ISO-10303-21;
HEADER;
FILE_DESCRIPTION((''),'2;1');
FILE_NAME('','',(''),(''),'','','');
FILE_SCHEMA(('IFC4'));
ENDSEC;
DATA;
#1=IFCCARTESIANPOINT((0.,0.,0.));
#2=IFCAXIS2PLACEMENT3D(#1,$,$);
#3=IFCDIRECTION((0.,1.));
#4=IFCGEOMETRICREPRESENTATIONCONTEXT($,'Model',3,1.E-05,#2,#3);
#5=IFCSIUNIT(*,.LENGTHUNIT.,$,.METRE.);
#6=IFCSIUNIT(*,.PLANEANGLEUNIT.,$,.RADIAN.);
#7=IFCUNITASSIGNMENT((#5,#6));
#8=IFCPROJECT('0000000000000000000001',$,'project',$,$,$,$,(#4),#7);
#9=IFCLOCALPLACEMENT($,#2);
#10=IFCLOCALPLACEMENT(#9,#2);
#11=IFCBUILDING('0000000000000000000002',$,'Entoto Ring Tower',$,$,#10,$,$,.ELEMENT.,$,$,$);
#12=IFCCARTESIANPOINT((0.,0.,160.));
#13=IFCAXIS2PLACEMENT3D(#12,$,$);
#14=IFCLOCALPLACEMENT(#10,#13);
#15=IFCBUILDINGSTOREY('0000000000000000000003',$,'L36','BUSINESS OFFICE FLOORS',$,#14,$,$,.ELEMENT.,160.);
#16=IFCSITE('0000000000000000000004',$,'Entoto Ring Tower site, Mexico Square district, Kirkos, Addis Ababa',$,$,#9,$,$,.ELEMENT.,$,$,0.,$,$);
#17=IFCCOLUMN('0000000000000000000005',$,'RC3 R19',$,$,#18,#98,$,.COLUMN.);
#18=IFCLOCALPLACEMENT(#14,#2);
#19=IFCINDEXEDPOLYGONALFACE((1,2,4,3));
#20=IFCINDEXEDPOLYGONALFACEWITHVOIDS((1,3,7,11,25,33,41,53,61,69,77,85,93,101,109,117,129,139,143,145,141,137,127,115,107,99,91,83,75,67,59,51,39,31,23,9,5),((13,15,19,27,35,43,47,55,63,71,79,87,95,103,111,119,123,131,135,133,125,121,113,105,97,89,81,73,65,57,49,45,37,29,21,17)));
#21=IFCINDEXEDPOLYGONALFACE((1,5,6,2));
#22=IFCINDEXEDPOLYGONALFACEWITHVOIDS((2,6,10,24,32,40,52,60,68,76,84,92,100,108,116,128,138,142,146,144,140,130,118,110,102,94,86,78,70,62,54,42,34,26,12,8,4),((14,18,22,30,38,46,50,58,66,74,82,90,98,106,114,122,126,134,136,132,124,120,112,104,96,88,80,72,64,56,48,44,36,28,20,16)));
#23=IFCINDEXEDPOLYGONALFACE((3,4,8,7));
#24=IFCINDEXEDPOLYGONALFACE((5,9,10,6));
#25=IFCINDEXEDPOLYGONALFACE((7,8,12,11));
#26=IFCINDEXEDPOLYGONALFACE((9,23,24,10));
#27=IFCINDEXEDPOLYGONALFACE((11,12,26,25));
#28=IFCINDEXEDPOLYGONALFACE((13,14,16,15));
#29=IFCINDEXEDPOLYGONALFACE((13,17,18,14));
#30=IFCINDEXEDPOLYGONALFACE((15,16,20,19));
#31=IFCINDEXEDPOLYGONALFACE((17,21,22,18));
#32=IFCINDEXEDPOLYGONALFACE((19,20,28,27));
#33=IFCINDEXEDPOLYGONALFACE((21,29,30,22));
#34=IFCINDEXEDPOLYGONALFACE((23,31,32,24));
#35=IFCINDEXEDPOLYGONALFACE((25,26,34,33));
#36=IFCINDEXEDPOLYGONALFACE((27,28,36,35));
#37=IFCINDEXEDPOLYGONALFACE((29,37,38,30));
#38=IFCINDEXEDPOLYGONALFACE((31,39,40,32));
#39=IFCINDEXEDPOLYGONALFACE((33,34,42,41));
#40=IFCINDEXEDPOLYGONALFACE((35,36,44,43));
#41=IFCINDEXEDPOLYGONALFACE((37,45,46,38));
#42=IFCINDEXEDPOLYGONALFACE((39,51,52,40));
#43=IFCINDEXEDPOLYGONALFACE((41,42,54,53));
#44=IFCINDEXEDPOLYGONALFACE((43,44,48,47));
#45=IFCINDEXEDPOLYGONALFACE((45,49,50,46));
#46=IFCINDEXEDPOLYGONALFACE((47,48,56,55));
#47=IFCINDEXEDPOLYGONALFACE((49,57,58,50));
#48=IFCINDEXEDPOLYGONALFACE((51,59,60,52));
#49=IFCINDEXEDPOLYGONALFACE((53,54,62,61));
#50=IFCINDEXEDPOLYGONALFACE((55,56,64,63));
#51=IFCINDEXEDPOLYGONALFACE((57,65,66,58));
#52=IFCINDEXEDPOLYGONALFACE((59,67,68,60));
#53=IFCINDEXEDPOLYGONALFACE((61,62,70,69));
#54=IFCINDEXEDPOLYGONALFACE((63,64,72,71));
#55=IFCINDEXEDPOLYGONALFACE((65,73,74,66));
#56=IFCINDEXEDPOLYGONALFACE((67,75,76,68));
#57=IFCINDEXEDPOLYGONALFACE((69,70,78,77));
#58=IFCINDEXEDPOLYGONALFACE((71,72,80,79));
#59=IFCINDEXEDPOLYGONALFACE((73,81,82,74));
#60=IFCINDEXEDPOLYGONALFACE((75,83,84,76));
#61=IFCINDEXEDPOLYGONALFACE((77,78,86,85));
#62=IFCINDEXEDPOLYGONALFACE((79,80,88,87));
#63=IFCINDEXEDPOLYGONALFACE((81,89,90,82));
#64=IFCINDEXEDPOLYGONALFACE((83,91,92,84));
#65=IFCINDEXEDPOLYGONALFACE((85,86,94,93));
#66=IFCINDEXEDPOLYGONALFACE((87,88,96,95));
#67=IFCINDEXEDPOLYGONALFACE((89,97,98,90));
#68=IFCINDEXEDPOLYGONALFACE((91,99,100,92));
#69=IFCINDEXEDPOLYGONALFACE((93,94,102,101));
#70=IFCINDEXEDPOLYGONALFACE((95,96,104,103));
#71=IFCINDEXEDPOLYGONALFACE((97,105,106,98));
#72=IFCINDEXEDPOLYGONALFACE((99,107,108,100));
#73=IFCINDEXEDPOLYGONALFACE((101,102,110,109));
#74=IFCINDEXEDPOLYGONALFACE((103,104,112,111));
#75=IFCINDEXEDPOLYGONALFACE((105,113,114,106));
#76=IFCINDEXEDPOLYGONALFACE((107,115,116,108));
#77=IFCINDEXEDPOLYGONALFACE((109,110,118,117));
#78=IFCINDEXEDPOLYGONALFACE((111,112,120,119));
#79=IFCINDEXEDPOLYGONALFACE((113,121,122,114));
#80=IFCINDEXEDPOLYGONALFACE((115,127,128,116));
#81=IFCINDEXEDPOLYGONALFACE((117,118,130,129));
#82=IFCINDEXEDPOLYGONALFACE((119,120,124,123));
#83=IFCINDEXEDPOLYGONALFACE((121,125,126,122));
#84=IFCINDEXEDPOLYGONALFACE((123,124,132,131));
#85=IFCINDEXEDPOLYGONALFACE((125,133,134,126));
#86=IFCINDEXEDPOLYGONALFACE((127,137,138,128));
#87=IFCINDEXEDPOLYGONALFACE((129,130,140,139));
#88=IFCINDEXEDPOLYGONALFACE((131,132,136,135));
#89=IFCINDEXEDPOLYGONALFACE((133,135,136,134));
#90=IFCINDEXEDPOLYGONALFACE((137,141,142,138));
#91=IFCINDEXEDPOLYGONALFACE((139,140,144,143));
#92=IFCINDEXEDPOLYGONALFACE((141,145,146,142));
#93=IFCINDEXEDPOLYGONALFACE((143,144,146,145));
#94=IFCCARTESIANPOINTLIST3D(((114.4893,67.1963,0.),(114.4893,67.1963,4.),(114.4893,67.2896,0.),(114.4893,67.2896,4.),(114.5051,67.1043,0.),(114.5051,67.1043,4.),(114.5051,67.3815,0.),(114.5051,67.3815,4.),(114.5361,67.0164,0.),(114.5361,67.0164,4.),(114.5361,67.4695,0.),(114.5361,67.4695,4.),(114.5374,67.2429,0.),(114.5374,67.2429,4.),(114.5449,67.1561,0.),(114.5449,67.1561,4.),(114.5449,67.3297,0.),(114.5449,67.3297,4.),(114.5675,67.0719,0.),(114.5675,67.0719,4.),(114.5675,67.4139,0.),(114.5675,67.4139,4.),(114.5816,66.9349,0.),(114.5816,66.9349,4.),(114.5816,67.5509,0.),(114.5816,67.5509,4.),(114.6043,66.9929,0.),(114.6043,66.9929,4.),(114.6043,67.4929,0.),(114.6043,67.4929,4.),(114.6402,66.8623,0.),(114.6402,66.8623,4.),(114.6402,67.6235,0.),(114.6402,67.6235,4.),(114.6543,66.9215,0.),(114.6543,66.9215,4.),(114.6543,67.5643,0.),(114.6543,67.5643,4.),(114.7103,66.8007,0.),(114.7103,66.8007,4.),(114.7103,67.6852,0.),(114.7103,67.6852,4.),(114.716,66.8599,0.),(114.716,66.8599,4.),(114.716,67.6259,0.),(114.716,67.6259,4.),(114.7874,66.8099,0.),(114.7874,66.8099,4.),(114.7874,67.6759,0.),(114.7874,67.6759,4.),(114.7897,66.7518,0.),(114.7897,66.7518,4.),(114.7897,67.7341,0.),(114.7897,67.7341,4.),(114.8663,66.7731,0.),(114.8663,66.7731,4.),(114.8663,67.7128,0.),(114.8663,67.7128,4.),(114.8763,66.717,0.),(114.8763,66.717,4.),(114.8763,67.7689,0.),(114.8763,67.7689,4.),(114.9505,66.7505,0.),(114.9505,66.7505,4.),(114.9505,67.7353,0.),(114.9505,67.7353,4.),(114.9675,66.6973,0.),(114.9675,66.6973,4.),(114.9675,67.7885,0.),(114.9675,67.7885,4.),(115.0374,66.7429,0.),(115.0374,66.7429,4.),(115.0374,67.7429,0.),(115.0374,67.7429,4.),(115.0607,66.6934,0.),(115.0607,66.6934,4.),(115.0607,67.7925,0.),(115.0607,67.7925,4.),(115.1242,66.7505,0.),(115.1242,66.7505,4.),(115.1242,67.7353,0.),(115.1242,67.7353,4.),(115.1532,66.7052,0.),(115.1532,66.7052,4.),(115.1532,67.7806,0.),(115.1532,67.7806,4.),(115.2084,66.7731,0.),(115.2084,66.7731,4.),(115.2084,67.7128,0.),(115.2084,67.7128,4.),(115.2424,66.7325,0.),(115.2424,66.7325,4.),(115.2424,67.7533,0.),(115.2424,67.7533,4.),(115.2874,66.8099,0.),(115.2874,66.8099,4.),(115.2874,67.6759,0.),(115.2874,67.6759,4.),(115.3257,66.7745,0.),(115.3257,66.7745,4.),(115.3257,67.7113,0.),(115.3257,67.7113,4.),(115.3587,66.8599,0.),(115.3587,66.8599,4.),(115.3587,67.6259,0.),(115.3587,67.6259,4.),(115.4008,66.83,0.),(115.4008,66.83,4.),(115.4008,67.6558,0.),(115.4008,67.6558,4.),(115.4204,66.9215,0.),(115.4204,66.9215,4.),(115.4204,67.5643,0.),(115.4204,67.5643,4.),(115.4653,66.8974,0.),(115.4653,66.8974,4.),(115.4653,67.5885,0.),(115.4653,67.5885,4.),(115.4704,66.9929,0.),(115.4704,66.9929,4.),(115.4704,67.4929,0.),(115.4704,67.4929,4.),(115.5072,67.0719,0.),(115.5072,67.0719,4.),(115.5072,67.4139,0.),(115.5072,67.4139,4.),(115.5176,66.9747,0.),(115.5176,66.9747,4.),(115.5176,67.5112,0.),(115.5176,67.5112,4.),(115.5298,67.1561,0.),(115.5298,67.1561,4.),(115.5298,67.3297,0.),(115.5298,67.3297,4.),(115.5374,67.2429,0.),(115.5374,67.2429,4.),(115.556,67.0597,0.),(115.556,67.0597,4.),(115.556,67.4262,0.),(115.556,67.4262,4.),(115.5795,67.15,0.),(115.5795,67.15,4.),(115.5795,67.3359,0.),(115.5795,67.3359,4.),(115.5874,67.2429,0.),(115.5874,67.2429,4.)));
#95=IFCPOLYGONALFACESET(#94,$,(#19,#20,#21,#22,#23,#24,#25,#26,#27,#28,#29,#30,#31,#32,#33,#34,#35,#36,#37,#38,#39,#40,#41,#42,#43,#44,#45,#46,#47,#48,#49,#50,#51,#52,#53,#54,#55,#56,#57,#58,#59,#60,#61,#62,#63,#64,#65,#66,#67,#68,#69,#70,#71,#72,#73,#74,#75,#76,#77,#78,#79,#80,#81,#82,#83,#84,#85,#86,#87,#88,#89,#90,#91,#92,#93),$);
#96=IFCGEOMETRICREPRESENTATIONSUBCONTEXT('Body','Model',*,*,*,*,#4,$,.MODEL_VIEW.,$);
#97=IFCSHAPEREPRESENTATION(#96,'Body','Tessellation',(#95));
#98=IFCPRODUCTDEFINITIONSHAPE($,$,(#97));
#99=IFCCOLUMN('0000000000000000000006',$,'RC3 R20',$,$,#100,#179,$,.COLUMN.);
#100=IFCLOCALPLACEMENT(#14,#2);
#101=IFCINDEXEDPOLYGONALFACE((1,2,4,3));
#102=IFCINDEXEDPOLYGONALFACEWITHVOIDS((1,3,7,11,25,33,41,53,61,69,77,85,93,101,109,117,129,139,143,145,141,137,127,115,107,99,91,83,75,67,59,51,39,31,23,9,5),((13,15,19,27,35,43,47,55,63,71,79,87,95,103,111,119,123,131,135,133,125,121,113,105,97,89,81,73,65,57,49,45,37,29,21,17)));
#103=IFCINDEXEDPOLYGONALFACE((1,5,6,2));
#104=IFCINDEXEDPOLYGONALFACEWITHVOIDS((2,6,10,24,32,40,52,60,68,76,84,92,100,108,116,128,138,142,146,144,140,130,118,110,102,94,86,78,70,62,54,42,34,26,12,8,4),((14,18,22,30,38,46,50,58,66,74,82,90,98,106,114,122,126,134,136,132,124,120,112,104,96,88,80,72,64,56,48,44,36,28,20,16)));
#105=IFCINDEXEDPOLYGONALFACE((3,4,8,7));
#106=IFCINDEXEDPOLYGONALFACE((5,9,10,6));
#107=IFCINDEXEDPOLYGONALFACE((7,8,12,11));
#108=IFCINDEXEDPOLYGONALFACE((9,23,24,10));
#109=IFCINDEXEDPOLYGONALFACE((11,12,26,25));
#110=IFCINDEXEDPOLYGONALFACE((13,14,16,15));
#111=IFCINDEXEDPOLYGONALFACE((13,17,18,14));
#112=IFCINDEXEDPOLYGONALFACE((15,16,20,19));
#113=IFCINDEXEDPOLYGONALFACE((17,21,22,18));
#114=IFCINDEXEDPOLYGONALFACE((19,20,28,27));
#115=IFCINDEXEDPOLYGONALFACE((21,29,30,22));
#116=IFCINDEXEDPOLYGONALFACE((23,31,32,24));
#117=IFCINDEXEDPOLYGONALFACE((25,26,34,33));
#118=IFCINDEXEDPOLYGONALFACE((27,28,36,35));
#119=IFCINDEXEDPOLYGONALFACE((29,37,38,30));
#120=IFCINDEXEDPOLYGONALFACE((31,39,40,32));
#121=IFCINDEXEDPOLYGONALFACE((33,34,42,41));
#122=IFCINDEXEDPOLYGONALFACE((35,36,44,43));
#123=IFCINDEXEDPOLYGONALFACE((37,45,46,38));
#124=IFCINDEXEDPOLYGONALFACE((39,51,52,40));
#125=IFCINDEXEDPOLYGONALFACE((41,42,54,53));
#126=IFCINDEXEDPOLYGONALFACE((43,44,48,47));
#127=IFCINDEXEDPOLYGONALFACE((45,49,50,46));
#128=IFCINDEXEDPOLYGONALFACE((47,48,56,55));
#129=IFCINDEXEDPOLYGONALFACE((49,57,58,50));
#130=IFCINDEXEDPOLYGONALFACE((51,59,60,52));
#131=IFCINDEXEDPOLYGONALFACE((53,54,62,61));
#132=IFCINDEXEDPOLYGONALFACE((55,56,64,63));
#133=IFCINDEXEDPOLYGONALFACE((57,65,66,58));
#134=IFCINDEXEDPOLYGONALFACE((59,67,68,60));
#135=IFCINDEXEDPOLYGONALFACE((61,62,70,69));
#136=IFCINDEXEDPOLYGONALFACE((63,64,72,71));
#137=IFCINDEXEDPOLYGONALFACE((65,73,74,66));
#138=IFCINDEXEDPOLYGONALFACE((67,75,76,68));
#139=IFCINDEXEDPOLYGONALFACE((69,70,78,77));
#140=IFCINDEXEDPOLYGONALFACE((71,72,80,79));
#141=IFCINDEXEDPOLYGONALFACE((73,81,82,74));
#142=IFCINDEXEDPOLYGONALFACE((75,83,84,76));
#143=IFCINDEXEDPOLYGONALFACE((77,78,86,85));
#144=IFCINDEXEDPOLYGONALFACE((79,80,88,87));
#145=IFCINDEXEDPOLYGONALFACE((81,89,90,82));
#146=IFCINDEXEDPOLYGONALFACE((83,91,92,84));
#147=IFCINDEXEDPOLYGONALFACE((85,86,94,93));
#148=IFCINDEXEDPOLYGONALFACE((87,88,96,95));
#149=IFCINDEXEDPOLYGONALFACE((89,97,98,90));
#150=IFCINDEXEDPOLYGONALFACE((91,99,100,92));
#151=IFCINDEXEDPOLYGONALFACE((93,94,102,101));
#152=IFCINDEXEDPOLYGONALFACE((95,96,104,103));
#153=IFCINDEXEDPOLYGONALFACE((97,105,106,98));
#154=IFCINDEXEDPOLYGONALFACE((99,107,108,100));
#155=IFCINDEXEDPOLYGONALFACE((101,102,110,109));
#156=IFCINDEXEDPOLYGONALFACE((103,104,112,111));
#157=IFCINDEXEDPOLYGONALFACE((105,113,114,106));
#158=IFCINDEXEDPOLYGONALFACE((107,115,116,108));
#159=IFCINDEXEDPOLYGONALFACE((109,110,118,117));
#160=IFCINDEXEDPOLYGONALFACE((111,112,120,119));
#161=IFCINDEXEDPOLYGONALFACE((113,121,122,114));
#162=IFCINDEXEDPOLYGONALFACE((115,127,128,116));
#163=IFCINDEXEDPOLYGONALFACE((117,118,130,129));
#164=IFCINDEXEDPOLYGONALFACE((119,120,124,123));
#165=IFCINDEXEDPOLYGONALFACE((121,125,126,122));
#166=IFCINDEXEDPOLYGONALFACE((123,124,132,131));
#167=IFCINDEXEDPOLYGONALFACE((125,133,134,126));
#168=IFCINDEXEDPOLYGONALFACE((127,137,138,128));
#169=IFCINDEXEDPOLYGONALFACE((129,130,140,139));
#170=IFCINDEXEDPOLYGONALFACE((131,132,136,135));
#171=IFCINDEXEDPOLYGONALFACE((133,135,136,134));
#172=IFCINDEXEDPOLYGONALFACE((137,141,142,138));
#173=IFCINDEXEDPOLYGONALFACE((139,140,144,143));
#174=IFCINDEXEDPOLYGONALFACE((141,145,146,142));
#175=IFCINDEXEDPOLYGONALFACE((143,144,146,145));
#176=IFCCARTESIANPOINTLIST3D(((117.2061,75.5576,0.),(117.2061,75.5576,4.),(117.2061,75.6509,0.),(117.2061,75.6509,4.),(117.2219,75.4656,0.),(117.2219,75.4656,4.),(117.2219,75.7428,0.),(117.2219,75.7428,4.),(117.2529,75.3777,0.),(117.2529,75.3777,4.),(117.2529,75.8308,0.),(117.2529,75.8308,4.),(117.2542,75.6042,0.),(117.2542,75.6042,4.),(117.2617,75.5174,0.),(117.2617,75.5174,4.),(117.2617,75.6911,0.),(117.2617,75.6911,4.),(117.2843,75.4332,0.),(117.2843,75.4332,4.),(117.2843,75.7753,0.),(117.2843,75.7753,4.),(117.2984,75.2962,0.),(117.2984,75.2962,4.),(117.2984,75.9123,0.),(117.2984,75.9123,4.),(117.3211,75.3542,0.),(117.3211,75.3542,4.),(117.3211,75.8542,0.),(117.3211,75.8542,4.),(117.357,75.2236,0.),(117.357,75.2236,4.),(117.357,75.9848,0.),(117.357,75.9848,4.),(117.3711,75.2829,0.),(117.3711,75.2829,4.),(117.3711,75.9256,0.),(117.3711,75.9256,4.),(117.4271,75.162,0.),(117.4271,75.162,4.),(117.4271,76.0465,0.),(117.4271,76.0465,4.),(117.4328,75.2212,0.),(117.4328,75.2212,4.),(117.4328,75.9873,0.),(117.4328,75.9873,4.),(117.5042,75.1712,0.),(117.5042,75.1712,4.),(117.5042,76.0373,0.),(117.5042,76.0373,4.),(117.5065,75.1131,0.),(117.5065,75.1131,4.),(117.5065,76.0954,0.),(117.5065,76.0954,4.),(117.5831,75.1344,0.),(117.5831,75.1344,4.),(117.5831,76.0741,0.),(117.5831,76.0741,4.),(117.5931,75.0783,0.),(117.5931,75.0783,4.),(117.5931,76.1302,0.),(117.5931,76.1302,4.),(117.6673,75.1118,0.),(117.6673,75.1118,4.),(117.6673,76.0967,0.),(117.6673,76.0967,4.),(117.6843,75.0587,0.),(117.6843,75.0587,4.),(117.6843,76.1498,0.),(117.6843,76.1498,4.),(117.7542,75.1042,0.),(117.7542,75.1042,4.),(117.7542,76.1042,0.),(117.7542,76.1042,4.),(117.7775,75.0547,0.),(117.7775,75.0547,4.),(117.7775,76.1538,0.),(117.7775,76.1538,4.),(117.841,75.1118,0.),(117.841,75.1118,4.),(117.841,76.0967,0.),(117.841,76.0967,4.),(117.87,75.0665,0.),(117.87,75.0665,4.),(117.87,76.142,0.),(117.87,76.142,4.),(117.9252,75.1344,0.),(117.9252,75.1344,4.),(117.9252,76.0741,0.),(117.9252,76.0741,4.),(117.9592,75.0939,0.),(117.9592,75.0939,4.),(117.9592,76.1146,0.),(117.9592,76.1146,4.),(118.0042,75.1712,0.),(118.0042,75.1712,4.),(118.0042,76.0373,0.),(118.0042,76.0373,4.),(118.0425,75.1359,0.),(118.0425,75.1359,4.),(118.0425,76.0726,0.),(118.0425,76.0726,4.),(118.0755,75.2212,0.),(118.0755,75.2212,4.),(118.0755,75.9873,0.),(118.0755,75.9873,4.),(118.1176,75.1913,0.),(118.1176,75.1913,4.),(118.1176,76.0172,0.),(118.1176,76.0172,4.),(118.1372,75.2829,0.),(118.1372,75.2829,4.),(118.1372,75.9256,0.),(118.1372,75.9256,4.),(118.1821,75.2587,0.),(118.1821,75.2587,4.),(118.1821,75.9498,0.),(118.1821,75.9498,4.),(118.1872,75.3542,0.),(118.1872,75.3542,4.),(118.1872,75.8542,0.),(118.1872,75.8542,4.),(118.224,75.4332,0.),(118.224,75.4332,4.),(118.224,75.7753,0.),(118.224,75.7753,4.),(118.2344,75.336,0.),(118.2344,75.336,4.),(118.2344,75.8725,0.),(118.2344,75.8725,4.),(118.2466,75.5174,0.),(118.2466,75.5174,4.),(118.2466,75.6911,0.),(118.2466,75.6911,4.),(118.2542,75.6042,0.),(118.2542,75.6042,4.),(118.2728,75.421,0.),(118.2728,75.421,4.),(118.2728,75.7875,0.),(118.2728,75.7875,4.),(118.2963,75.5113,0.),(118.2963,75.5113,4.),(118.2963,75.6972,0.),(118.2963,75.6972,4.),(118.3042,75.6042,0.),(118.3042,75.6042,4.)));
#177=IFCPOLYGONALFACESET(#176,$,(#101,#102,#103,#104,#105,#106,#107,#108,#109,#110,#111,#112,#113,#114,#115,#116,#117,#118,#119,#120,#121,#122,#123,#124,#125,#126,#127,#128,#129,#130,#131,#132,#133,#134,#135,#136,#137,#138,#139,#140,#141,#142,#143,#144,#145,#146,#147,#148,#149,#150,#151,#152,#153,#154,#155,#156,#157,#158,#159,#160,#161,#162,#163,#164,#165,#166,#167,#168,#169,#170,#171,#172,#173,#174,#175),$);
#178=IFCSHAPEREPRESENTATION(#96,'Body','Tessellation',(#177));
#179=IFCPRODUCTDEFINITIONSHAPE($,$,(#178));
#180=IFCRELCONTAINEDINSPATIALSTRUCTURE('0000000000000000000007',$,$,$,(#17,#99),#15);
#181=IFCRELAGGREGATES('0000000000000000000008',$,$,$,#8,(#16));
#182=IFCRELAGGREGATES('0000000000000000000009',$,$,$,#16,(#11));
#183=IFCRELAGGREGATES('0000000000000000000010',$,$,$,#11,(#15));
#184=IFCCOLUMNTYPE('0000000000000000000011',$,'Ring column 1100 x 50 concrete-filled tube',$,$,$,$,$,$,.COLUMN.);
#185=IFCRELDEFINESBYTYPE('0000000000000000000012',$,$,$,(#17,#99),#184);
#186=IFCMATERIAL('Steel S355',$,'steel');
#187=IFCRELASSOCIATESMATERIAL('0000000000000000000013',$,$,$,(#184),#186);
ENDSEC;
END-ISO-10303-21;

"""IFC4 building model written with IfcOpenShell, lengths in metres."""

from ifc_helpers import new_model, si_unit, direction, frame, origin, origin_2d, place, context, subcontext, project, spatial, circle, hollow_circle, extrude, material, material_profile, profile_set, type_object, element, save


model = new_model("IFC4")

# Units and contexts
model_context = context("Model", 3, precision=1e-05, world=origin(), true_north=direction((0.0, 1.0)))
body_context = subcontext(model_context, "Body", "Model", "MODEL_VIEW")
ifc_project = project(units=[si_unit("LENGTHUNIT", "METRE"), si_unit("PLANEANGLEUNIT", "RADIAN")], contexts=[model_context])

# Site, building, storey
site_placement = place(None, origin())
site = spatial("IfcSite", under=ifc_project, at=site_placement, Name="Entoto Ring Tower site, Mexico Square district, Kirkos, Addis Ababa", CompositionType="ELEMENT", RefElevation=0.0)
building_placement = place(site_placement, origin())
building = spatial("IfcBuilding", under=site, at=building_placement, Name="Entoto Ring Tower", CompositionType="ELEMENT")
storey_placement = place(building_placement, frame((0.0, 0.0, 160.0)))
storey = spatial("IfcBuildingStorey", under=building, at=storey_placement, Name="L36", Description="BUSINESS OFFICE FLOORS", CompositionType="ELEMENT", Elevation=160.0)

# Columns
ifc_material_1 = material(Name="Steel S355", Category="steel")
ifc_material_profile_1 = material_profile(ifc_material_1, hollow_circle(Radius=0.55, WallThickness=0.05, at=origin_2d()), Name="CHS 1100 x 50")
ifc_material_2 = material(Name="Concrete C60/75", Category="concrete")
ifc_material_profile_2 = material_profile(ifc_material_2, circle(Radius=0.5, at=origin_2d()), Name="Concrete C60/75 infill")
ifc_profile_set_1 = profile_set([ifc_material_profile_1, ifc_material_profile_2], Name="Steel S355")
column_type = type_object("IfcColumnType", Name="Ring column 1100 x 50 concrete-filled tube", PredefinedType="COLUMN", material=ifc_profile_set_1)
for number, where, z_axis, x_axis, name in (
    (1, (115.0374, 67.2429, 0.0), (0.0, 0.0, 1.0), (1.0, 0.0, 0.0), "RC3 R19"),
    (2, (117.7542, 75.6042, 0.0), (0.0, 0.0, 1.0), (1.0, 0.0, 0.0), "RC3 R20"),
):
    element("IfcColumn", number, at=place(storey_placement, frame(where, z_axis=z_axis, x_axis=x_axis)), inside=storey, type_object=column_type, Name=name, PredefinedType="COLUMN", context=body_context, shape_type="SweptSolid", body=[
        extrude(hollow_circle(Radius=0.55, WallThickness=0.05, at=origin_2d()), origin(), (0.0, 0.0, 1.0), 4.0),
    ])

save(model, "model.ifc")
